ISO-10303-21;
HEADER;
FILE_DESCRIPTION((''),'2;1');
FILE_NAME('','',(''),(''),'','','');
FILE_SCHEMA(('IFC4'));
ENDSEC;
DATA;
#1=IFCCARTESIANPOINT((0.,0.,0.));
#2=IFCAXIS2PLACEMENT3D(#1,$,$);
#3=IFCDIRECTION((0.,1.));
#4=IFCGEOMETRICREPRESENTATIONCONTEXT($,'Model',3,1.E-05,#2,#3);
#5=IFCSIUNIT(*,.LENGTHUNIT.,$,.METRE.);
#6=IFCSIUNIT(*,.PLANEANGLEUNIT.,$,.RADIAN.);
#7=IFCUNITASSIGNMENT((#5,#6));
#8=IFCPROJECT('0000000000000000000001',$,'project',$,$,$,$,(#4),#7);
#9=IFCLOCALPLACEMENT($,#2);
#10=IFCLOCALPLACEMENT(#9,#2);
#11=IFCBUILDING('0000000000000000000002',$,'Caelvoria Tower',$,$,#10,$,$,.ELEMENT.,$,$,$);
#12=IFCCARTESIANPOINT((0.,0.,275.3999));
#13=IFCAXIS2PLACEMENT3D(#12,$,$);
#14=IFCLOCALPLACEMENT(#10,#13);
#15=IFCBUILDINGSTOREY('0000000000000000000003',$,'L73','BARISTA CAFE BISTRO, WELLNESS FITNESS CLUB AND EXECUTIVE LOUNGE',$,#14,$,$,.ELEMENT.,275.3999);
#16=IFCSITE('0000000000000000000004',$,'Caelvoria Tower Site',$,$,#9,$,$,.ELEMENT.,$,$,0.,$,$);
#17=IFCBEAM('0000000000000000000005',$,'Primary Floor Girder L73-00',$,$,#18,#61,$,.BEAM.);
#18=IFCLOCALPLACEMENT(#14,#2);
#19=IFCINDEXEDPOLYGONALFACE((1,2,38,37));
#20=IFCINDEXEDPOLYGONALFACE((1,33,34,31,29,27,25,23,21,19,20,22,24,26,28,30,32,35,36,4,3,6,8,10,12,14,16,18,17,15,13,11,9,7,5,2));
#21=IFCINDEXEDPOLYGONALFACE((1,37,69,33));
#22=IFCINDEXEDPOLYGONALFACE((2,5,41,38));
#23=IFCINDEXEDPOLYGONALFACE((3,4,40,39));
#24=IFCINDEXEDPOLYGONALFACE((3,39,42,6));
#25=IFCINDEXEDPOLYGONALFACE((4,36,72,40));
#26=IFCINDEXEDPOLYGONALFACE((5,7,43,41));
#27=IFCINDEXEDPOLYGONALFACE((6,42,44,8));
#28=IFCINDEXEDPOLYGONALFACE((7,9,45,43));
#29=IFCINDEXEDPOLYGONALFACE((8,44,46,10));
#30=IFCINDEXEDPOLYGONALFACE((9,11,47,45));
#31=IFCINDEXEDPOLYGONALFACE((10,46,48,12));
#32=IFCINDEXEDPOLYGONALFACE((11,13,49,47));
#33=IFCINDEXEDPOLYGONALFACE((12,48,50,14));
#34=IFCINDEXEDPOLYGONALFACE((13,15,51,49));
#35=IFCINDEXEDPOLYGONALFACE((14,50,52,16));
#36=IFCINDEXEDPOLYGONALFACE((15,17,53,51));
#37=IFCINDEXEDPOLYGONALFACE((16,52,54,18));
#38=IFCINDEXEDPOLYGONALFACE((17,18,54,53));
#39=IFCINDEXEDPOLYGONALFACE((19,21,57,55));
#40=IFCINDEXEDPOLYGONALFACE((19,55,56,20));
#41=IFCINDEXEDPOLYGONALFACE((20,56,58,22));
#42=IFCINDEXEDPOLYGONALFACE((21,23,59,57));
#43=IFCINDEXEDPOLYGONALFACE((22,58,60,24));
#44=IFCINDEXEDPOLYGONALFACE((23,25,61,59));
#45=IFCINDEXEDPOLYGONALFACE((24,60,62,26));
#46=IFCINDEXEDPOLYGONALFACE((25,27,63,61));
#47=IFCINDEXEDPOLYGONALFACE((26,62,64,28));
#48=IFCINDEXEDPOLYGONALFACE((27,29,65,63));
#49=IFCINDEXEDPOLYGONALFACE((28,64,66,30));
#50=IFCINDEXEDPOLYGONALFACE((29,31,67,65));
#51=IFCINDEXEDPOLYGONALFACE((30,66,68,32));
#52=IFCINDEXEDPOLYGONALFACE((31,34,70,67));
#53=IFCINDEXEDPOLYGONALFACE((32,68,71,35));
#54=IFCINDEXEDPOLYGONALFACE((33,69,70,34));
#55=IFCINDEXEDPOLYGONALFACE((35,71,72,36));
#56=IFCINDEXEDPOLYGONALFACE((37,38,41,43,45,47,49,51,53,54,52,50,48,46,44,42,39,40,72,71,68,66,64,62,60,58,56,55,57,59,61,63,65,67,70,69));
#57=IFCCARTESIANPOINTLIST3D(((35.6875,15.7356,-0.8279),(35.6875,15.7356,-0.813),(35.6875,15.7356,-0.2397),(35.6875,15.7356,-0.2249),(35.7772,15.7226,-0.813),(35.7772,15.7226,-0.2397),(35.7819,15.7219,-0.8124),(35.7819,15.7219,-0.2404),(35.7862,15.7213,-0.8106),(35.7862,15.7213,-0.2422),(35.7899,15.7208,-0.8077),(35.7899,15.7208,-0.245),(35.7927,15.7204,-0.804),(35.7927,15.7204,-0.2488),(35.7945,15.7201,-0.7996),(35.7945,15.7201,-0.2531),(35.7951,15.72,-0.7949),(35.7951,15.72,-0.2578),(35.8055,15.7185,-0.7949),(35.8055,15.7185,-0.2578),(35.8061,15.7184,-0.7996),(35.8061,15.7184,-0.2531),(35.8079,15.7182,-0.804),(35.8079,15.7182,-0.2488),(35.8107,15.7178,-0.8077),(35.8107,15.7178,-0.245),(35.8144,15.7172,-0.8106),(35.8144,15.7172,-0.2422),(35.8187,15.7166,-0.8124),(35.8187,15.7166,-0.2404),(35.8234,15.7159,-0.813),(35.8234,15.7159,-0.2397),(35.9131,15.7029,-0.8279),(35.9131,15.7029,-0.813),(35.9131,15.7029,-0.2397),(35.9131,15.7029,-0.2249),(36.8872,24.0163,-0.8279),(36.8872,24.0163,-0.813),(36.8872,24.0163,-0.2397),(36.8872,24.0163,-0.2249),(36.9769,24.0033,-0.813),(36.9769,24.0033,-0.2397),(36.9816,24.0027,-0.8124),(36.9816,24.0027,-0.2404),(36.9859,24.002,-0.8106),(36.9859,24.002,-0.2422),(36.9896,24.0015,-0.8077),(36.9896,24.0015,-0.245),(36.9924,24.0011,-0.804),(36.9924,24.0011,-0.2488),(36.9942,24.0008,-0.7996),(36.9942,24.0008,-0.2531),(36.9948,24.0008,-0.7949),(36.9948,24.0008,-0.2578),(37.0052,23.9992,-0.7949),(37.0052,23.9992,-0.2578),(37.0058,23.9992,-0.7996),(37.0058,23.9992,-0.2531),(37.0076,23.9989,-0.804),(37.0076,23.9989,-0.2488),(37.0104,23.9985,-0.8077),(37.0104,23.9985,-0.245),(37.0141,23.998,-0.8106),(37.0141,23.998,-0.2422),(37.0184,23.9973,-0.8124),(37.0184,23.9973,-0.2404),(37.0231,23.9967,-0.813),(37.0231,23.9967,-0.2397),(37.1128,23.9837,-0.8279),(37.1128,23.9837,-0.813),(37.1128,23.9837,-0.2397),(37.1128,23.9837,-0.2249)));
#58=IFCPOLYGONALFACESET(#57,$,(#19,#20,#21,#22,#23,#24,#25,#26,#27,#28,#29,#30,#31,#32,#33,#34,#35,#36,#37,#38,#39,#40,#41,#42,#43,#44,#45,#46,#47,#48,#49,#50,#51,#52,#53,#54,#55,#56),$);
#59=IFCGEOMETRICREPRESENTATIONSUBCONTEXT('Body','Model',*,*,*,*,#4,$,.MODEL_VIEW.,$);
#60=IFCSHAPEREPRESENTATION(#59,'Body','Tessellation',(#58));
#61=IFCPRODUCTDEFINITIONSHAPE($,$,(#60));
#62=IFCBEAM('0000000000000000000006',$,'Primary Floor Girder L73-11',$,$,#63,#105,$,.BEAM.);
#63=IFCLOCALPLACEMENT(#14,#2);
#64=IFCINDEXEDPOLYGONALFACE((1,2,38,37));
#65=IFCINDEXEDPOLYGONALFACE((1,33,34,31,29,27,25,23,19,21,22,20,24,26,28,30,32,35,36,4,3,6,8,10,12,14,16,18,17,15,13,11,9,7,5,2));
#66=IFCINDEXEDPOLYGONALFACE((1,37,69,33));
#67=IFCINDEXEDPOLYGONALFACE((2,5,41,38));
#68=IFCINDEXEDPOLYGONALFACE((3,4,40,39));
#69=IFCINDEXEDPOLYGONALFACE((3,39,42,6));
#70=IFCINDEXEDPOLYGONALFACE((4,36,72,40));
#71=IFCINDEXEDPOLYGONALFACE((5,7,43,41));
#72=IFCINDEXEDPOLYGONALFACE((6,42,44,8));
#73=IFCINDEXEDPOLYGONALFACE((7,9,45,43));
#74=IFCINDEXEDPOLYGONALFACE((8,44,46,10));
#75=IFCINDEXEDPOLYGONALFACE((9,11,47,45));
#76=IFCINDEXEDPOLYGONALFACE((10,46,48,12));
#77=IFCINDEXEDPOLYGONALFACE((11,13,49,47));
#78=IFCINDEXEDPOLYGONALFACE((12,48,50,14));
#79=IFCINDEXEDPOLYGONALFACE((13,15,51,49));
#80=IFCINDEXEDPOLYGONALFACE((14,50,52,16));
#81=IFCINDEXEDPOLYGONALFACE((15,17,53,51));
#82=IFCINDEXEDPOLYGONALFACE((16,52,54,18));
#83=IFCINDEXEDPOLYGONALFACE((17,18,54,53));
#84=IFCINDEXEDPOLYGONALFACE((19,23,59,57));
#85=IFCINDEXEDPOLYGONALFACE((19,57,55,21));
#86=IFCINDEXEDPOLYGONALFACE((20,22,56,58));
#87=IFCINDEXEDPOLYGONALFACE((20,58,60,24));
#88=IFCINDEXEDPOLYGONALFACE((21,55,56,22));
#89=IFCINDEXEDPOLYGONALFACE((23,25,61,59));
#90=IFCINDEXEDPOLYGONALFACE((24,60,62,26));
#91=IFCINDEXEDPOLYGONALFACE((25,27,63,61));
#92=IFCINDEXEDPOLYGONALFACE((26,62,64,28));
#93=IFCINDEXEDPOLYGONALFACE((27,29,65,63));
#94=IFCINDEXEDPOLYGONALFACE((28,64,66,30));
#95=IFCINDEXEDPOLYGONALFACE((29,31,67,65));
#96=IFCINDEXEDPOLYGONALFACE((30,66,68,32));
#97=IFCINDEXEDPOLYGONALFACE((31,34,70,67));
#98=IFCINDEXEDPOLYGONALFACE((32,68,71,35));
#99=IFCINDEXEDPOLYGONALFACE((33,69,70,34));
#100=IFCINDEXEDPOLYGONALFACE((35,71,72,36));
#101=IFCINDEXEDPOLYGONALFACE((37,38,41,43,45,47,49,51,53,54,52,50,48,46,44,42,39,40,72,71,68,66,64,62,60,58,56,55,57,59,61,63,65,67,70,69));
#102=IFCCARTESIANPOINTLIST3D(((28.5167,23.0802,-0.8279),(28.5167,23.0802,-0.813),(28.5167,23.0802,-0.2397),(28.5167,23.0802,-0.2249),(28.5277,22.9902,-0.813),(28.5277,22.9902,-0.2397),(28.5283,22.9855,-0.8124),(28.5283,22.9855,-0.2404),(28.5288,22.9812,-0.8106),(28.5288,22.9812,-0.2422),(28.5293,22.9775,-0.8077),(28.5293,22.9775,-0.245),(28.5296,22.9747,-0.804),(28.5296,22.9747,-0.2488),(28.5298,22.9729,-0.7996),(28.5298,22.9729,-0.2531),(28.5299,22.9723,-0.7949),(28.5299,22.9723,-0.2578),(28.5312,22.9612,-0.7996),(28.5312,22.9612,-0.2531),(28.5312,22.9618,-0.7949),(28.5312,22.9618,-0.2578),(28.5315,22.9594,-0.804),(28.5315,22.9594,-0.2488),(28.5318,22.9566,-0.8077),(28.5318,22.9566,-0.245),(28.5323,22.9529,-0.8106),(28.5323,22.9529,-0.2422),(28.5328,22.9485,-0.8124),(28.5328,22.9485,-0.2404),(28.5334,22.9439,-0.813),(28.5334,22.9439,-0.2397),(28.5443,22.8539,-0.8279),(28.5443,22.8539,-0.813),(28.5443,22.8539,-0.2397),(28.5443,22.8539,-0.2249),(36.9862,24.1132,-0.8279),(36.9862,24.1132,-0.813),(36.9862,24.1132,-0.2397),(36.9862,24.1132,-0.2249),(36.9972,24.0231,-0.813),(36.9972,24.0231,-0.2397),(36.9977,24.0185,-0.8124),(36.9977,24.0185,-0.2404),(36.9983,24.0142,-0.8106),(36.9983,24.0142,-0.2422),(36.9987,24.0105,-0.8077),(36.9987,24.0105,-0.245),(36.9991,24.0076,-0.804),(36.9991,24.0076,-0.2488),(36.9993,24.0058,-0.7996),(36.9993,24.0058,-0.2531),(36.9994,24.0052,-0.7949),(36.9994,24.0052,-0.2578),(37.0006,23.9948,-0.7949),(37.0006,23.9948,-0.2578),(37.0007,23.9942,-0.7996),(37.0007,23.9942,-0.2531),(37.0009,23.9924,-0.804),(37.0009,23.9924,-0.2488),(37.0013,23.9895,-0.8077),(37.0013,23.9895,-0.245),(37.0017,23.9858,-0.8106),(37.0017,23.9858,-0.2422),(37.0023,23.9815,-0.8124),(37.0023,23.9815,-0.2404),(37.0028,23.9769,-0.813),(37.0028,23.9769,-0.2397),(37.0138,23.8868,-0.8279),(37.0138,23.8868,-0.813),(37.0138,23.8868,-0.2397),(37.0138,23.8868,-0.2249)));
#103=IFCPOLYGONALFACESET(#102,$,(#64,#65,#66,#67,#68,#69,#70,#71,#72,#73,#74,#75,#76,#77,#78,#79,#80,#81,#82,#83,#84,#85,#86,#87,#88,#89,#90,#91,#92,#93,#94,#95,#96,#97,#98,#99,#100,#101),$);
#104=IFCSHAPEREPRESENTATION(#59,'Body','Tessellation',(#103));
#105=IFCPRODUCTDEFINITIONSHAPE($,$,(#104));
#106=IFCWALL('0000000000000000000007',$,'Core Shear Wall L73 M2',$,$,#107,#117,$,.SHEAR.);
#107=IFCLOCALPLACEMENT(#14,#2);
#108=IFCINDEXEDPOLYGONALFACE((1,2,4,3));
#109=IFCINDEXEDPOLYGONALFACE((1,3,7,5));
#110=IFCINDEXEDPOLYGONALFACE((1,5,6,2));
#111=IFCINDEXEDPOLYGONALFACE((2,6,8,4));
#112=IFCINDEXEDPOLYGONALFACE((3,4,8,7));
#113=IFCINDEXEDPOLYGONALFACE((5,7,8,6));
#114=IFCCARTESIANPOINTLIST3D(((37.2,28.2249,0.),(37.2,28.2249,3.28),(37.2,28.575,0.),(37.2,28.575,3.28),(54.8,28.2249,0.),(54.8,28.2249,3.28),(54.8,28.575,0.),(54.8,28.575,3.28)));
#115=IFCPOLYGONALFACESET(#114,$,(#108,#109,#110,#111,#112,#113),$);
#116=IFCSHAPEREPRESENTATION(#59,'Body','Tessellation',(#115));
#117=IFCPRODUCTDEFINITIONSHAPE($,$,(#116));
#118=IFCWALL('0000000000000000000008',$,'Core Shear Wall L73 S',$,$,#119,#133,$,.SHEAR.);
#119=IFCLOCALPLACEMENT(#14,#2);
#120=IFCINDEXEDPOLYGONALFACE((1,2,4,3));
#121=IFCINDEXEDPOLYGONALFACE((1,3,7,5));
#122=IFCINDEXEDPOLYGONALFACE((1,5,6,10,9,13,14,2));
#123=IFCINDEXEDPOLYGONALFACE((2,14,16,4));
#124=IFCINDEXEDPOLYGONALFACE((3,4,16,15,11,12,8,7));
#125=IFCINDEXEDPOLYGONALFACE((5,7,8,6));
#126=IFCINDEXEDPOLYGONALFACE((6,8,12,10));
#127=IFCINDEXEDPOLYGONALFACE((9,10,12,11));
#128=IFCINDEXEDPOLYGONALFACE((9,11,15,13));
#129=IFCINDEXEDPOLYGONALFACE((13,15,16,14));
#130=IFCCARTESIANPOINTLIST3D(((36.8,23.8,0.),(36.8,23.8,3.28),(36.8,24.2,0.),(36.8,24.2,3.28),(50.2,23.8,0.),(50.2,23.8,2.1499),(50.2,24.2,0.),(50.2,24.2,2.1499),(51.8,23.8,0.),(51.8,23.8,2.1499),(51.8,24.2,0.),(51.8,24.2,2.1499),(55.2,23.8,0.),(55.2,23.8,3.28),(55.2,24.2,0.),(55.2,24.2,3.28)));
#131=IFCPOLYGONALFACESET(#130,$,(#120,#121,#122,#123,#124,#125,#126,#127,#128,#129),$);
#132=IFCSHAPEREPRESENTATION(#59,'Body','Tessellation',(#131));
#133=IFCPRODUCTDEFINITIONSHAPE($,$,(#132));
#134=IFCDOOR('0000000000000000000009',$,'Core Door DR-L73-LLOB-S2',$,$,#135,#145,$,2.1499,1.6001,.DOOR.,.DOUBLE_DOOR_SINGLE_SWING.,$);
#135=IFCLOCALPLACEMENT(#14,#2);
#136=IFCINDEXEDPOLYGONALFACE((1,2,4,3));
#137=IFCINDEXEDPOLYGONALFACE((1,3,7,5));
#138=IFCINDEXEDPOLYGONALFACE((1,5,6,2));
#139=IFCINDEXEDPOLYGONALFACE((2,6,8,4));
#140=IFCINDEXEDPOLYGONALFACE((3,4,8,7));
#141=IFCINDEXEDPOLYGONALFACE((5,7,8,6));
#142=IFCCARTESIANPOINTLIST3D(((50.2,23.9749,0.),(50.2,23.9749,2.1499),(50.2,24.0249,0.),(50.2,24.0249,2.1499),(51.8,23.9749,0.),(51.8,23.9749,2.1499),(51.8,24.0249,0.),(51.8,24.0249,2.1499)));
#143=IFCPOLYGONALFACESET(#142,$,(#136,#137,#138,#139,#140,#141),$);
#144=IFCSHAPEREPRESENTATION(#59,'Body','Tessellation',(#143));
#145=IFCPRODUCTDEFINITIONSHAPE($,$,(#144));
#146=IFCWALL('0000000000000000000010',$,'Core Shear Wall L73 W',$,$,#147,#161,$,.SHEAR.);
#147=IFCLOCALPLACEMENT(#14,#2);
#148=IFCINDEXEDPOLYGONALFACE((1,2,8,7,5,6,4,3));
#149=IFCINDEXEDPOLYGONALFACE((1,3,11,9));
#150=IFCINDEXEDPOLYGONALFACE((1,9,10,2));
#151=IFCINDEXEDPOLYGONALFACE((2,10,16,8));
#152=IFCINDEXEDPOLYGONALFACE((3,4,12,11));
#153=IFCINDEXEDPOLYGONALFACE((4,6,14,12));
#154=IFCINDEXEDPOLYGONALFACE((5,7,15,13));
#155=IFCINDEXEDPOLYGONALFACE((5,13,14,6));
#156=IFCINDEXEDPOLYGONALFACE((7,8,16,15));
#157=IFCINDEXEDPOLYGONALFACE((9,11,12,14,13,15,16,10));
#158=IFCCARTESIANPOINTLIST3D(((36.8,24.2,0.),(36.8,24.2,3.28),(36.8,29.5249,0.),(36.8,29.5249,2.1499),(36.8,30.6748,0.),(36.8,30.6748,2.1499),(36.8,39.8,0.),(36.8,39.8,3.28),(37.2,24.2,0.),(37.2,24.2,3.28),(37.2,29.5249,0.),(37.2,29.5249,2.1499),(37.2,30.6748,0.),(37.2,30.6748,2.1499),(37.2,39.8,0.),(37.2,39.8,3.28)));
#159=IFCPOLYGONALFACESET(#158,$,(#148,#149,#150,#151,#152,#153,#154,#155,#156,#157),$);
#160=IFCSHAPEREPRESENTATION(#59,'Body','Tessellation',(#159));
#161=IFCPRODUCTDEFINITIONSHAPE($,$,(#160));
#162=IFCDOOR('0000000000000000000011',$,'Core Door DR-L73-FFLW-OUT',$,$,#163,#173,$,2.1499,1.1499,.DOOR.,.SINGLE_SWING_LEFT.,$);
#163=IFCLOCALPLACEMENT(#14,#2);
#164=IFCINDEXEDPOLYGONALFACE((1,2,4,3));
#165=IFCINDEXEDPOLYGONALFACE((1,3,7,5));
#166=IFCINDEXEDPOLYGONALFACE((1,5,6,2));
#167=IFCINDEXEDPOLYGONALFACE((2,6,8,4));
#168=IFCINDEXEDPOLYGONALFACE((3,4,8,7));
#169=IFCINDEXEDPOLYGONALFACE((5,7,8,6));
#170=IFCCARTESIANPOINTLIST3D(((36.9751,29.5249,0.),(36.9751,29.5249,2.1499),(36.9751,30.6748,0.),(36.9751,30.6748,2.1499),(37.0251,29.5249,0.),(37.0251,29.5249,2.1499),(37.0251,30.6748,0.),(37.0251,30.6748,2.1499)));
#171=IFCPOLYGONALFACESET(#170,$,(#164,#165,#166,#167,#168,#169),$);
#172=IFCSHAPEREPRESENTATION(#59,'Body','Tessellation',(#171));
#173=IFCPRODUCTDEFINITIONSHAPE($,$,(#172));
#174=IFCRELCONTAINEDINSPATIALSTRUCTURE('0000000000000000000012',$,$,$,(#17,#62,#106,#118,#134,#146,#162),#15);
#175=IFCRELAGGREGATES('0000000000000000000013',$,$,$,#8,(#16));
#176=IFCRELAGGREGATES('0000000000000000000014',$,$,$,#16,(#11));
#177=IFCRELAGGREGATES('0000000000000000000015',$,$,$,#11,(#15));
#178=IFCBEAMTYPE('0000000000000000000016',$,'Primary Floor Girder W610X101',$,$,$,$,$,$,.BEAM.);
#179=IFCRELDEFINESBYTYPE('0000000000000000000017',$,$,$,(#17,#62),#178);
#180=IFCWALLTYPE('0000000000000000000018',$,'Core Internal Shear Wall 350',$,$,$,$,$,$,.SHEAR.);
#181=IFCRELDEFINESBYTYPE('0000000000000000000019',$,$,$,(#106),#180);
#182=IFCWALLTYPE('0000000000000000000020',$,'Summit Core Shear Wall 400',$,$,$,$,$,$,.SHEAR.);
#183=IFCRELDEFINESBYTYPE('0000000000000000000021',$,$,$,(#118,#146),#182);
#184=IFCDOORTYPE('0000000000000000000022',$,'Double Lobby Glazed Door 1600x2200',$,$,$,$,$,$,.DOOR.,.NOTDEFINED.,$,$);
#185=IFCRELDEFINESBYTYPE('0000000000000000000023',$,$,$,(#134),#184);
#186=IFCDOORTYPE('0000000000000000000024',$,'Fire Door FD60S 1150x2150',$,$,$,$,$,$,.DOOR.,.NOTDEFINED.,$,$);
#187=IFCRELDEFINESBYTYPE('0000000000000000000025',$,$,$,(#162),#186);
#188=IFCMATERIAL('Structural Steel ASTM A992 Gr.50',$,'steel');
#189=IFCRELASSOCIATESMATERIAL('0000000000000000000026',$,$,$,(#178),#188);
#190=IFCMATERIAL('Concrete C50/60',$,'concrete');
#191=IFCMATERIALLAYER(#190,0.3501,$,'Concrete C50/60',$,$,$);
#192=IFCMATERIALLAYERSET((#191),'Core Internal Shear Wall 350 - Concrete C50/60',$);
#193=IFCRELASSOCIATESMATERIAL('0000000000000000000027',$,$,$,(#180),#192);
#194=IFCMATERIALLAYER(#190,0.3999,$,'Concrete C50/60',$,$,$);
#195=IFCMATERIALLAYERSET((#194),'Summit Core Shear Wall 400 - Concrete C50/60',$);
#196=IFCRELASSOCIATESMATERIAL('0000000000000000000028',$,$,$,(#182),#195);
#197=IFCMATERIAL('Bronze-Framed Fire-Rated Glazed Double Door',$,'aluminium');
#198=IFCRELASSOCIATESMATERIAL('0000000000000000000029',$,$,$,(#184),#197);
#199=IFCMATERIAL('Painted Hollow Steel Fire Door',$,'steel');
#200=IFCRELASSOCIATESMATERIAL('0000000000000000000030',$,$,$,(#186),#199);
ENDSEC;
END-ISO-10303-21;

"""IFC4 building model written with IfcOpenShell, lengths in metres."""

from ifc_helpers import new_model, si_unit, direction, frame, frame_2d, origin, origin_2d, place, context, subcontext, project, spatial, rectangle, i_section, extrude, material, layer, layer_set, material_profile, profile_set, type_object, element, fill, save


model = new_model("IFC4")

# Units and contexts
model_context = context("Model", 3, precision=1e-05, world=origin(), true_north=direction((0.0, 1.0)))
body_context = subcontext(model_context, "Body", "Model", "MODEL_VIEW")
ifc_project = project(units=[si_unit("LENGTHUNIT", "METRE"), si_unit("PLANEANGLEUNIT", "RADIAN")], contexts=[model_context])

# Site, building, storey
site_placement = place(None, origin())
site = spatial("IfcSite", under=ifc_project, at=site_placement, Name="Caelvoria Tower Site", CompositionType="ELEMENT", RefElevation=0.0)
building_placement = place(site_placement, origin())
building = spatial("IfcBuilding", under=site, at=building_placement, Name="Caelvoria Tower", CompositionType="ELEMENT")
storey_placement = place(building_placement, frame((0.0, 0.0, 275.3999)))
storey = spatial("IfcBuildingStorey", under=building, at=storey_placement, Name="L73", Description="BARISTA CAFE BISTRO, WELLNESS FITNESS CLUB AND EXECUTIVE LOUNGE", CompositionType="ELEMENT", Elevation=275.3999)

# Beams
ifc_material_1 = material(Name="Structural Steel ASTM A992 Gr.50", Category="steel")
ifc_material_profile = material_profile(ifc_material_1, i_section(OverallWidth=0.228, OverallDepth=0.603, WebThickness=0.0105, FlangeThickness=0.0149, FilletRadius=0.0181, at=origin_2d()), Name="Structural Steel ASTM A992 Gr.50")
ifc_profile_set = profile_set([ifc_material_profile], Name="W610X101 - Structural Steel ASTM A992 Gr.50")
beam_type = type_object("IfcBeamType", Name="Primary Floor Girder W610X101", PredefinedType="BEAM", material=ifc_profile_set)
beam_1_placement = place(storey_placement, frame((37.0, 24.0, -0.5264), z_axis=(-0.143382, -0.989667, 0.0), x_axis=(0.989667, -0.143382, 0.0)))
element("IfcBeam", 1, at=beam_1_placement, inside=storey, type_object=beam_type, Name="Primary Floor Girder L73-00", PredefinedType="BEAM", context=body_context, shape_type="SweptSolid", body=[
    extrude(i_section(OverallWidth=0.228, OverallDepth=0.603, WebThickness=0.0105, FlangeThickness=0.0149, FilletRadius=0.0181, at=origin_2d()), origin(), (0.0, 0.0, 1.0), 8.3672),
])
beam_2_placement = place(storey_placement, frame((37.0, 24.0, -0.5264), z_axis=(-0.992645, -0.121065, 0.0), x_axis=(0.121065, -0.992645, 0.0)))
element("IfcBeam", 2, at=beam_2_placement, inside=storey, type_object=beam_type, Name="Primary Floor Girder L73-11", PredefinedType="BEAM", context=body_context, shape_type="SweptSolid", body=[
    extrude(i_section(OverallWidth=0.228, OverallDepth=0.603, WebThickness=0.0105, FlangeThickness=0.0149, FilletRadius=0.0181, at=origin_2d()), origin(), (0.0, 0.0, 1.0), 8.5322),
])

# Wall
ifc_material_2 = material(Name="Concrete C50/60", Category="concrete")
ifc_layer_1 = layer(ifc_material_2, 0.3501, Name="Concrete C50/60")
ifc_layer_set_1 = layer_set([ifc_layer_1], Name="Core Internal Shear Wall 350 - Concrete C50/60")
wall_type_1 = type_object("IfcWallType", Name="Core Internal Shear Wall 350", PredefinedType="SHEAR", material=ifc_layer_set_1)
wall_1_placement = place(storey_placement, frame((37.2, 28.3999, 0.0), z_axis=(0.0, 0.0, 1.0), x_axis=(1.0, 0.0, 0.0)))
element("IfcWall", 3, at=wall_1_placement, inside=storey, type_object=wall_type_1, Name="Core Shear Wall L73 M2", PredefinedType="SHEAR", context=body_context, shape_type="SweptSolid", body=[
    extrude(rectangle(XDim=17.6001, YDim=0.3501, at=frame_2d((8.8, 0.0))), origin(), (0.0, 0.0, 1.0), 3.28),
])

# Walls, openings, doors
ifc_layer_2 = layer(ifc_material_2, 0.3999, Name="Concrete C50/60")
ifc_layer_set_2 = layer_set([ifc_layer_2], Name="Summit Core Shear Wall 400 - Concrete C50/60")
wall_type_2 = type_object("IfcWallType", Name="Summit Core Shear Wall 400", PredefinedType="SHEAR", material=ifc_layer_set_2)
wall_2_placement = place(storey_placement, frame((36.8, 24.0, 0.0), z_axis=(0.0, 0.0, 1.0), x_axis=(1.0, 0.0, 0.0)))
wall_2 = element("IfcWall", 4, at=wall_2_placement, inside=storey, type_object=wall_type_2, Name="Core Shear Wall L73 S", PredefinedType="SHEAR", context=body_context, shape_type="SweptSolid", body=[
    extrude(rectangle(XDim=18.3999, YDim=0.3999, at=frame_2d((9.2, 0.0))), origin(), (0.0, 0.0, 1.0), 3.28),
])
opening_1_placement = place(wall_2_placement, frame((13.3999, 0.0, 0.0)))
opening_1 = element("IfcOpeningElement", 5, at=opening_1_placement, cuts=wall_2, PredefinedType="OPENING", context=body_context, shape_type="SweptSolid", body=[
    extrude(rectangle(XDim=1.6001, YDim=2.1499, at=frame_2d((0.8, 1.075))), frame((0.0, 0.21, 0.0), z_axis=(0.0, -1.0, 0.0), x_axis=(1.0, 0.0, 0.0)), (0.0, 0.0, 1.0), 0.4199),
])
ifc_material_3 = material(Name="Bronze-Framed Fire-Rated Glazed Double Door", Category="aluminium")
door_type_1 = type_object("IfcDoorType", Name="Double Lobby Glazed Door 1600x2200", OperationType="NOTDEFINED", PredefinedType="DOOR", material=ifc_material_3)
door_1_placement = place(opening_1_placement, origin())
door_1 = element("IfcDoor", 6, at=door_1_placement, inside=storey, type_object=door_type_1, Name="Core Door DR-L73-LLOB-S2", OperationType="DOUBLE_DOOR_SINGLE_SWING", OverallHeight=2.1499, OverallWidth=1.6001, PredefinedType="DOOR", context=body_context, shape_type="SweptSolid", body=[
    extrude(rectangle(XDim=1.6001, YDim=2.1499, at=frame_2d((0.8, 1.075))), frame((0.0, 0.0249, 0.0), z_axis=(0.0, -1.0, 0.0), x_axis=(1.0, 0.0, 0.0)), (0.0, 0.0, 1.0), 0.05),
])
fill(opening_1, door_1)
wall_3_placement = place(storey_placement, frame((37.0, 24.2, 0.0), z_axis=(0.0, 0.0, 1.0), x_axis=(0.0, 1.0, 0.0)))
wall_3 = element("IfcWall", 7, at=wall_3_placement, inside=storey, type_object=wall_type_2, Name="Core Shear Wall L73 W", PredefinedType="SHEAR", context=body_context, shape_type="SweptSolid", body=[
    extrude(rectangle(XDim=15.6001, YDim=0.3999, at=frame_2d((7.8, 0.0))), origin(), (0.0, 0.0, 1.0), 3.28),
])
opening_2_placement = place(wall_3_placement, frame((5.325, 0.0, 0.0)))
opening_2 = element("IfcOpeningElement", 8, at=opening_2_placement, cuts=wall_3, PredefinedType="OPENING", context=body_context, shape_type="SweptSolid", body=[
    extrude(rectangle(XDim=1.1499, YDim=2.1499, at=frame_2d((0.575, 1.075))), frame((0.0, 0.21, 0.0), z_axis=(0.0, -1.0, 0.0), x_axis=(1.0, 0.0, 0.0)), (0.0, 0.0, 1.0), 0.4199),
])
ifc_material_4 = material(Name="Painted Hollow Steel Fire Door", Category="steel")
door_type_2 = type_object("IfcDoorType", Name="Fire Door FD60S 1150x2150", OperationType="NOTDEFINED", PredefinedType="DOOR", material=ifc_material_4)
door_2_placement = place(opening_2_placement, origin())
door_2 = element("IfcDoor", 9, at=door_2_placement, inside=storey, type_object=door_type_2, Name="Core Door DR-L73-FFLW-OUT", OperationType="SINGLE_SWING_LEFT", OverallHeight=2.1499, OverallWidth=1.1499, PredefinedType="DOOR", context=body_context, shape_type="SweptSolid", body=[
    extrude(rectangle(XDim=1.1499, YDim=2.1499, at=frame_2d((0.575, 1.075))), frame((0.0, 0.0249, 0.0), z_axis=(0.0, -1.0, 0.0), x_axis=(1.0, 0.0, 0.0)), (0.0, 0.0, 1.0), 0.05),
])
fill(opening_2, door_2)

save(model, "model.ifc")
